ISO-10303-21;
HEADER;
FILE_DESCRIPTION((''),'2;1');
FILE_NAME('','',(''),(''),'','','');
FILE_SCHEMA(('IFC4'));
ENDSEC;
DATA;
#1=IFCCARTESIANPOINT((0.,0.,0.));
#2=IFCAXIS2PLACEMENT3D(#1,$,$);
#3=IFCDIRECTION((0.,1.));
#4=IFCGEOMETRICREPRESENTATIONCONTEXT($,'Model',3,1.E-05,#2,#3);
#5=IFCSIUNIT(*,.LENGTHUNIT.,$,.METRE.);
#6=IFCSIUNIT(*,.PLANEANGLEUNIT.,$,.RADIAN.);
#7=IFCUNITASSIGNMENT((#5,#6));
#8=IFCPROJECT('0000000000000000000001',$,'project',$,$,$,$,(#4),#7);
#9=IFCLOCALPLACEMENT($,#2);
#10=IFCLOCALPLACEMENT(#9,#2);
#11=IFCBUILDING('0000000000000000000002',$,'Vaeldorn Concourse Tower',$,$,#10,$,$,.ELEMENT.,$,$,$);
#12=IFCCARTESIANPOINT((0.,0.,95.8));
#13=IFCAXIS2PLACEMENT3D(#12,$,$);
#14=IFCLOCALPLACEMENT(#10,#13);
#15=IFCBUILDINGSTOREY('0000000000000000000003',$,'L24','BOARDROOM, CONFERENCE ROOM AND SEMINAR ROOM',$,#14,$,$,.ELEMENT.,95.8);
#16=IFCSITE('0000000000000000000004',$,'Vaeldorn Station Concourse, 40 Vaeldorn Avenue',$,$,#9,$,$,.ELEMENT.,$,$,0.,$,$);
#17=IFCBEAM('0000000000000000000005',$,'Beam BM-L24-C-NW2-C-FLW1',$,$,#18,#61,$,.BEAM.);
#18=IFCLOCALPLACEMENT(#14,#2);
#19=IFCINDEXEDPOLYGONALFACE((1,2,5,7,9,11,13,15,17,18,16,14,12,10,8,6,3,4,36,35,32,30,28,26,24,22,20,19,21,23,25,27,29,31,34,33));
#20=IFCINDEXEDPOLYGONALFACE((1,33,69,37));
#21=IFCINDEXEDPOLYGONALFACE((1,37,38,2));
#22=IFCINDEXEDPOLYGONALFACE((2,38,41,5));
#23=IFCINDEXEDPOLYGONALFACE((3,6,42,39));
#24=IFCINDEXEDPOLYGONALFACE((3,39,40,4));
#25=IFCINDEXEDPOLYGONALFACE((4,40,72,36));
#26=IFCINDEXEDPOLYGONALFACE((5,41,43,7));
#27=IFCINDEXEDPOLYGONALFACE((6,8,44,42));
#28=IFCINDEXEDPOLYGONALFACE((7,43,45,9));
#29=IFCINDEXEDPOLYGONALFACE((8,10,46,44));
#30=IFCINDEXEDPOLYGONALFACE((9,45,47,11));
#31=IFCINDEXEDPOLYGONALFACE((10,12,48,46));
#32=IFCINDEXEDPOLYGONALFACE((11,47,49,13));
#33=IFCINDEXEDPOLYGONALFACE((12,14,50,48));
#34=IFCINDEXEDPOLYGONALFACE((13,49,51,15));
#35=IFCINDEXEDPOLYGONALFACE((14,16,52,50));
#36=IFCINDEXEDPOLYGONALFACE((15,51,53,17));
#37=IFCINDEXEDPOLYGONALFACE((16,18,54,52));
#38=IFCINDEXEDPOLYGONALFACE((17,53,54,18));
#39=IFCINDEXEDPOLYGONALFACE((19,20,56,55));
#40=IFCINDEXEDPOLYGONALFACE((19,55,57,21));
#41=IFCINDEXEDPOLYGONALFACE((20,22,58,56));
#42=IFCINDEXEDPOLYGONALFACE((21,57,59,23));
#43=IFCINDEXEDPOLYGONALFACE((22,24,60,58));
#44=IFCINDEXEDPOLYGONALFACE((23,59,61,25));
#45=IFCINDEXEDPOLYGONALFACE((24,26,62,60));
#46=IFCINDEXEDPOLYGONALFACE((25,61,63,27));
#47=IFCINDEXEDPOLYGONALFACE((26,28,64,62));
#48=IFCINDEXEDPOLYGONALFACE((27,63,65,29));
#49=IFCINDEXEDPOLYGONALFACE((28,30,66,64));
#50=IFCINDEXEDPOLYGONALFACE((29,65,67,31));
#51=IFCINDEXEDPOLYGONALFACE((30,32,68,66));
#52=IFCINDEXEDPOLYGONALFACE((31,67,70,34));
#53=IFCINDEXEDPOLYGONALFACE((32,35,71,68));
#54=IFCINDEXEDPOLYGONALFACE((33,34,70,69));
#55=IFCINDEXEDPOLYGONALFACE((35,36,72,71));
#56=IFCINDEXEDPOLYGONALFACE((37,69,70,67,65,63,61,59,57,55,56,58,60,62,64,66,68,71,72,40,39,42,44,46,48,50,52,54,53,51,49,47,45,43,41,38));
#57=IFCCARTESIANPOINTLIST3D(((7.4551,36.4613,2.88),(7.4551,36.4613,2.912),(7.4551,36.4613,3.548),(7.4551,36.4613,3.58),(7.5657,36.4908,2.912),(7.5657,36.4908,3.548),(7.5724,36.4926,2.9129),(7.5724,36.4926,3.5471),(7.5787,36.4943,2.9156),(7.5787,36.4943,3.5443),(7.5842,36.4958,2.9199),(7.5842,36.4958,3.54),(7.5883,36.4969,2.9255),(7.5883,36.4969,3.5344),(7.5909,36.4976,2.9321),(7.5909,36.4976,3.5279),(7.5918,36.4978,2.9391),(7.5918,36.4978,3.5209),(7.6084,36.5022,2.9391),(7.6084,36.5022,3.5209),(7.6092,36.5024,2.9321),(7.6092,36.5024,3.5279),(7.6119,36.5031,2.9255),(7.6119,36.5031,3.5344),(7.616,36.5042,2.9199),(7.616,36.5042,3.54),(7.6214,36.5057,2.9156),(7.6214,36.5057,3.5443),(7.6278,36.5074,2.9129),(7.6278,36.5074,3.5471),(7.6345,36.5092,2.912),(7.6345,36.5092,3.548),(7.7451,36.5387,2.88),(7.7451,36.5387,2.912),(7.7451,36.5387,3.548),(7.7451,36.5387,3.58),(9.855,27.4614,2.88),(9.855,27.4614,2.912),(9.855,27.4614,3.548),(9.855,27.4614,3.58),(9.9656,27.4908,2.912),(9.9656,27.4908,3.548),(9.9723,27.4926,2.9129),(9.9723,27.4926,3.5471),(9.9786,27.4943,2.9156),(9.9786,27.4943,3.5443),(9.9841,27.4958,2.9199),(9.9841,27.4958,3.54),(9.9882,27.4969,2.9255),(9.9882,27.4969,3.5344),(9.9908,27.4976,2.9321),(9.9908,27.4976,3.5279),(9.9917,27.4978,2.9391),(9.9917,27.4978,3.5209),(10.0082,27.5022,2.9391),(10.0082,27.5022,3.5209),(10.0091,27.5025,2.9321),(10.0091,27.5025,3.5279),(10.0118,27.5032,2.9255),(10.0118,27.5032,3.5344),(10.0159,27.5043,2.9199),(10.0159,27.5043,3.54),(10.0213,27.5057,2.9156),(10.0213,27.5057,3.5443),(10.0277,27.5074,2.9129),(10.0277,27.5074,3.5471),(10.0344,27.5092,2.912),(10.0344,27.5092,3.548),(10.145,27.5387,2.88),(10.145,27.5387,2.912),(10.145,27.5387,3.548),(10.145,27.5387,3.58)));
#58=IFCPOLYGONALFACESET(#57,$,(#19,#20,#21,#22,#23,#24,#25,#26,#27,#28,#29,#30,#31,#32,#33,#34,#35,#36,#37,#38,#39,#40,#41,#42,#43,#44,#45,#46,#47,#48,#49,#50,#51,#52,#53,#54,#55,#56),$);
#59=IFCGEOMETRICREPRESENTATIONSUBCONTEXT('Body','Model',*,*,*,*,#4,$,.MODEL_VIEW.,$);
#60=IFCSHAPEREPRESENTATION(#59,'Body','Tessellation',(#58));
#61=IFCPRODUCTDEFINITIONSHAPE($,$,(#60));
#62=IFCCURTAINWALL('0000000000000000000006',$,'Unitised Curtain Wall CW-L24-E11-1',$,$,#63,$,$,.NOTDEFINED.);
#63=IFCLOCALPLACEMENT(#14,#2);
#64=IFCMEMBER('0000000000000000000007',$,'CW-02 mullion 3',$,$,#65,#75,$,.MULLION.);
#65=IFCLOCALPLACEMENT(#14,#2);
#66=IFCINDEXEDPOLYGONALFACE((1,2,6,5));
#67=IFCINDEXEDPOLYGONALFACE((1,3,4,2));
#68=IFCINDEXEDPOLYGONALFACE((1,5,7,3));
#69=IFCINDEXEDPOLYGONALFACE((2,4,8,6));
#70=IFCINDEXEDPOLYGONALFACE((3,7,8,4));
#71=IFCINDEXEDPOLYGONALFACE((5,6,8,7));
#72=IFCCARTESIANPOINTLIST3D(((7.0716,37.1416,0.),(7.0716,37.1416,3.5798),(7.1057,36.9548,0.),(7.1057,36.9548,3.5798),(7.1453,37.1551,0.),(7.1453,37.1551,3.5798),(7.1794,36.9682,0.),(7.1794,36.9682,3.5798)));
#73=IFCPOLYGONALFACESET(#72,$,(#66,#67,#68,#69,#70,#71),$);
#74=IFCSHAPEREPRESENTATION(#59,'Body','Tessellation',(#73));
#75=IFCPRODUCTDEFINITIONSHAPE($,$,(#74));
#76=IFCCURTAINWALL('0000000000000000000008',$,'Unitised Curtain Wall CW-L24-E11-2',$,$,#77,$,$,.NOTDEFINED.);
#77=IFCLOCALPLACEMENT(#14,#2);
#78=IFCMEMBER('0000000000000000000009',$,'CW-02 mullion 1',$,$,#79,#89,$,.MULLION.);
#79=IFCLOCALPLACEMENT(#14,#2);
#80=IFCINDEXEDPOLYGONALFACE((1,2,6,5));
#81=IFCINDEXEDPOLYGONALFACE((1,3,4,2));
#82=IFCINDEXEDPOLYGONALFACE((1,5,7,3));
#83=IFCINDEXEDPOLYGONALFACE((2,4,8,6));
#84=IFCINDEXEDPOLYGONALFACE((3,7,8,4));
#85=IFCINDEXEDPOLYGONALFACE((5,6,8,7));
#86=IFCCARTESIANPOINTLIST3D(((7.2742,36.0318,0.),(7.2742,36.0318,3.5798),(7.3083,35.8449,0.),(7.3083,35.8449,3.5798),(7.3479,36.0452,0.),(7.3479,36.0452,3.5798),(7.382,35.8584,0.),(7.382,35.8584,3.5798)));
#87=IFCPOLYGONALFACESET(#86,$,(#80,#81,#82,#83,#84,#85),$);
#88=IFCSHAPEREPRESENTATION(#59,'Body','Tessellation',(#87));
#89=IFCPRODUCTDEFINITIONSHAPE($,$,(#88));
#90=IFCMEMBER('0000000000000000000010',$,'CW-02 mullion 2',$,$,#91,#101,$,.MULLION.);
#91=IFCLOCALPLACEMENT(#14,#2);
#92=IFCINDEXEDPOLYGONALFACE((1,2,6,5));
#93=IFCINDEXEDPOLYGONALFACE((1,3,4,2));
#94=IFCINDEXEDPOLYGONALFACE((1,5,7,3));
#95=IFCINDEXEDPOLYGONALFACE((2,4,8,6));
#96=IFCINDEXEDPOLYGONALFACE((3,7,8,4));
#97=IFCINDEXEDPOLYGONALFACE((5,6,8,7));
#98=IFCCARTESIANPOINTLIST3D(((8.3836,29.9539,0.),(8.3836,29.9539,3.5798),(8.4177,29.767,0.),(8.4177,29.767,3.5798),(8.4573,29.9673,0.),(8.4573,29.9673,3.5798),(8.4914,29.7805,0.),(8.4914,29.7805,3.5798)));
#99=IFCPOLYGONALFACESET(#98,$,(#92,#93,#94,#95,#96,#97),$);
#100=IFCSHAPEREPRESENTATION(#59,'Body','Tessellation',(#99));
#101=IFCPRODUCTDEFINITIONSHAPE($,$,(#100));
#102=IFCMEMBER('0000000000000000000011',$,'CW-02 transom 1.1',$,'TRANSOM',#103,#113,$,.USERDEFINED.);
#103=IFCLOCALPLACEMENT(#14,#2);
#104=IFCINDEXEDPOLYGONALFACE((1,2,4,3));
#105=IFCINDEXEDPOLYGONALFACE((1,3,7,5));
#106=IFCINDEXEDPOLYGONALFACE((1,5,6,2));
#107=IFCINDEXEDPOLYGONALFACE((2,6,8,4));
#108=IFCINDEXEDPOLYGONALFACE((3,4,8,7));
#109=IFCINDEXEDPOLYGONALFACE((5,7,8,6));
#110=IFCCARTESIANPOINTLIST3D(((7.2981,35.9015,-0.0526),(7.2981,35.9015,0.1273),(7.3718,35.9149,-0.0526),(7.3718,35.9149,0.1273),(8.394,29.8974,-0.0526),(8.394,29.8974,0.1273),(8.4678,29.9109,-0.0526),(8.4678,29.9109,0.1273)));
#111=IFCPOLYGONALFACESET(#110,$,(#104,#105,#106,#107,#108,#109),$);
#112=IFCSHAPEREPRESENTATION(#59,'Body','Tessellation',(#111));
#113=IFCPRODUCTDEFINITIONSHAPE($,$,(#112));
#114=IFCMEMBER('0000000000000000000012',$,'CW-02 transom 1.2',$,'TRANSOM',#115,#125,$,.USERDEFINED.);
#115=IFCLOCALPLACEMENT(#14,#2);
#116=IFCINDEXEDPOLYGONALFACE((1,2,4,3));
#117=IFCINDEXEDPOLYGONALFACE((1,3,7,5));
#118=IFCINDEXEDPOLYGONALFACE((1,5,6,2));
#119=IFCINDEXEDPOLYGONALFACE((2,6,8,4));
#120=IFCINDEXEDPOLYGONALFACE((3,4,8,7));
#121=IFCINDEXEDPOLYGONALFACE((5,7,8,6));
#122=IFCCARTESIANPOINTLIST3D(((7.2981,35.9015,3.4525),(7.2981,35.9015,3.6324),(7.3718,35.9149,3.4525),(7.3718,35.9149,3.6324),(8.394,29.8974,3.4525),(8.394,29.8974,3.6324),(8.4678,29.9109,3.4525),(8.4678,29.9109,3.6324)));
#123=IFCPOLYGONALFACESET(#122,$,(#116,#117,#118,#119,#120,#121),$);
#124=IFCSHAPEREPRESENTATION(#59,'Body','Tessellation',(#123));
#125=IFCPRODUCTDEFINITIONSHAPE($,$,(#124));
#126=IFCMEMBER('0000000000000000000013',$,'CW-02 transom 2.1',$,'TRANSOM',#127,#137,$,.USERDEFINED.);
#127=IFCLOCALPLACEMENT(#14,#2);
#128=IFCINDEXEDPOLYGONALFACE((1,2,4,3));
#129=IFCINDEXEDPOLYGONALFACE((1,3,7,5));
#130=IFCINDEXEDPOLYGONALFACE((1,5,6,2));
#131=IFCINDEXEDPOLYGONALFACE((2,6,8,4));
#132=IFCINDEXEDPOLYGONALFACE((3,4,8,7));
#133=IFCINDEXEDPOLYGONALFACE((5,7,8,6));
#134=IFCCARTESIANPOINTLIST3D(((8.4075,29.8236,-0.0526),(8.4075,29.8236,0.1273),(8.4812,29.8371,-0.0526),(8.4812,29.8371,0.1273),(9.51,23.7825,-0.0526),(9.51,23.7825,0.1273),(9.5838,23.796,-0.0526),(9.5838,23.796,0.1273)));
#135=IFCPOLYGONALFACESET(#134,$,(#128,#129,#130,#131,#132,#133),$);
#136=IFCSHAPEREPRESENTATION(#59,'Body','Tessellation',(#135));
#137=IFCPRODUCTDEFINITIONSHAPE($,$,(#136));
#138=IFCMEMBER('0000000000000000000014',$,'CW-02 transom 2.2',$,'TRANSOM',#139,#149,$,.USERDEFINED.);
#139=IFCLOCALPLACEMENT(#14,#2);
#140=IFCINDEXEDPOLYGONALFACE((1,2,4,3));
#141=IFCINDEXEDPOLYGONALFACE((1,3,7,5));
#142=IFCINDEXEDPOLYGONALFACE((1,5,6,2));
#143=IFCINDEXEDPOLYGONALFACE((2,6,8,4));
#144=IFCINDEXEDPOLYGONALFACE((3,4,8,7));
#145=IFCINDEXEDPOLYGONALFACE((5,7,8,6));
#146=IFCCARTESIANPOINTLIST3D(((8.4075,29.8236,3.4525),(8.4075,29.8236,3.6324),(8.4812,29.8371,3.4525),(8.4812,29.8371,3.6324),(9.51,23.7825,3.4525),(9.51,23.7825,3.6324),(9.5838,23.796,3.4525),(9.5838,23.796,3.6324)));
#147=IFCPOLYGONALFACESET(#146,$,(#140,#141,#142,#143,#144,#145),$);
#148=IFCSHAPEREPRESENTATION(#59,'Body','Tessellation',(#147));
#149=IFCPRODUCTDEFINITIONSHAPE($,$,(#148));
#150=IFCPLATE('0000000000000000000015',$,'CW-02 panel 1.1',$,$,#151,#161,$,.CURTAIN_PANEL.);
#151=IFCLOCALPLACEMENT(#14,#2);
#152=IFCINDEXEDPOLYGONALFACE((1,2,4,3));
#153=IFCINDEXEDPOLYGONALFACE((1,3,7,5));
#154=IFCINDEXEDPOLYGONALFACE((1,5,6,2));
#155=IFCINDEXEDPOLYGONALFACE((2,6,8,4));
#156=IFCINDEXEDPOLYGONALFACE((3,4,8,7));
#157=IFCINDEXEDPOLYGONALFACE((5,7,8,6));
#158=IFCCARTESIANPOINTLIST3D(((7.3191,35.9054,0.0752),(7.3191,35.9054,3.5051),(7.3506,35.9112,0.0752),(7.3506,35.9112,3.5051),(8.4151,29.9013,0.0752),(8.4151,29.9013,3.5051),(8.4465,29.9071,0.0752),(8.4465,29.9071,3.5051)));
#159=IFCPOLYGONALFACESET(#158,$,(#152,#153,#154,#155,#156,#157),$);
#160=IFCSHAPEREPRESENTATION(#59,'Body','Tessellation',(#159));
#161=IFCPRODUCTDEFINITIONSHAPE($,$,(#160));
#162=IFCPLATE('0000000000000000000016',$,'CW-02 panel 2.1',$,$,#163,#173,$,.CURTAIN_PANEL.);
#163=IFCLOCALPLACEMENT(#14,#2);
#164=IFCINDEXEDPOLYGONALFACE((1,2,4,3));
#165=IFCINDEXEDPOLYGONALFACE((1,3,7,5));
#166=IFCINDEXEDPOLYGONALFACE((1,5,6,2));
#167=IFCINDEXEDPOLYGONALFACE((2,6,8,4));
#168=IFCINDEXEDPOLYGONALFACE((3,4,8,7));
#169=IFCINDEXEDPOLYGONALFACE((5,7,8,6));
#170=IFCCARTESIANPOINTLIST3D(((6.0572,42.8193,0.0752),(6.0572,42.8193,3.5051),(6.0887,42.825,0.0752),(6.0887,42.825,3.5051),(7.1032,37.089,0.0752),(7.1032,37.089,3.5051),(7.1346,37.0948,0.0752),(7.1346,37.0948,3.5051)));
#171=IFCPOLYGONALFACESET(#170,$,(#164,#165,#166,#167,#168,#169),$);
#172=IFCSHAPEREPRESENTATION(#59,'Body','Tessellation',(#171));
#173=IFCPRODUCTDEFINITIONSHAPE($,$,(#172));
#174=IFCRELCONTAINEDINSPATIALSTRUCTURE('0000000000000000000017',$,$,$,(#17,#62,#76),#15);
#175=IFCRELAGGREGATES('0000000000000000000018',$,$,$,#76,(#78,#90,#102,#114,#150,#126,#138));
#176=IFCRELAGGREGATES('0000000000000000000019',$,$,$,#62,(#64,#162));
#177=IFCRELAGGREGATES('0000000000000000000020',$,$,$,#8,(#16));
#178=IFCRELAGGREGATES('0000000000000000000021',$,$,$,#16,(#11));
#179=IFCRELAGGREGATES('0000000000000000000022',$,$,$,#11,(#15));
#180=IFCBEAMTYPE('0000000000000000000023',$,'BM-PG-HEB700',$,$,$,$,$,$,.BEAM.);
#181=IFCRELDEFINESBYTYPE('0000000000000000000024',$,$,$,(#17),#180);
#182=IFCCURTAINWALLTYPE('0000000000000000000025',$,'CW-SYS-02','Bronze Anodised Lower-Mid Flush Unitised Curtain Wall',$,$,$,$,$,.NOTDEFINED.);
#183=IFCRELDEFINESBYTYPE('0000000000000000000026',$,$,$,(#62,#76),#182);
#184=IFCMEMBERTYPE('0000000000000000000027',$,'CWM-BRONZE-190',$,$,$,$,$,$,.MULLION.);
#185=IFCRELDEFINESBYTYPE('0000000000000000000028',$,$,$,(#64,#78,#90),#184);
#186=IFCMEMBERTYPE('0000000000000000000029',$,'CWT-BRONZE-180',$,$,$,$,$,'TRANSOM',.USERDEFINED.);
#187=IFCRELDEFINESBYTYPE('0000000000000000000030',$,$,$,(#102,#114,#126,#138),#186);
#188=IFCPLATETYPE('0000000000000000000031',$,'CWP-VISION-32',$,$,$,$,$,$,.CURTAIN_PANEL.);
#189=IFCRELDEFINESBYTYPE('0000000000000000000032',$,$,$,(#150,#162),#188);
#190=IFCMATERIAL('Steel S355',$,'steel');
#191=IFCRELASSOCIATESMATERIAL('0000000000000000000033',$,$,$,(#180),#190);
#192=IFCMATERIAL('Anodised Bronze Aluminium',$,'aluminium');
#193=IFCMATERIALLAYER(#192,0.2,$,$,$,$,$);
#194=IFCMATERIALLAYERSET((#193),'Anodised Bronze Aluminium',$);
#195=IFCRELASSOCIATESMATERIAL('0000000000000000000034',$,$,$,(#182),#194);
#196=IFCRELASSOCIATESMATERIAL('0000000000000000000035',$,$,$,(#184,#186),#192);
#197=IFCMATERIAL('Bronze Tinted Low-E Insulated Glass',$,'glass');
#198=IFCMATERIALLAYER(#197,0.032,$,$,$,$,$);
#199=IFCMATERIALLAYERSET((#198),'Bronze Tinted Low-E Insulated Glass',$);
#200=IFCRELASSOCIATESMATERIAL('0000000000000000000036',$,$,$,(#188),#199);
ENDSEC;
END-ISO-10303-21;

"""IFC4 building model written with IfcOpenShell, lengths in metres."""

from ifc_helpers import new_model, si_unit, direction, frame, origin, origin_2d, place, context, subcontext, project, spatial, rectangle, i_section, extrude, source, transform, mapped, material, layer, layer_set, material_profile, profile_set, type_object, element, aggregate, save


model = new_model("IFC4")

# Units and contexts
model_context = context("Model", 3, precision=1e-05, world=origin(), true_north=direction((0.0, 1.0)))
body_context = subcontext(model_context, "Body", "Model", "MODEL_VIEW")
ifc_project = project(units=[si_unit("LENGTHUNIT", "METRE"), si_unit("PLANEANGLEUNIT", "RADIAN")], contexts=[model_context])

# Site, building, storey
site_placement = place(None, origin())
site = spatial("IfcSite", under=ifc_project, at=site_placement, Name="Vaeldorn Station Concourse, 40 Vaeldorn Avenue", CompositionType="ELEMENT", RefElevation=0.0)
building_placement = place(site_placement, origin())
building = spatial("IfcBuilding", under=site, at=building_placement, Name="Vaeldorn Concourse Tower", CompositionType="ELEMENT")
storey_placement = place(building_placement, frame((0.0, 0.0, 95.8)))
storey = spatial("IfcBuildingStorey", under=building, at=storey_placement, Name="L24", Description="BOARDROOM, CONFERENCE ROOM AND SEMINAR ROOM", CompositionType="ELEMENT", Elevation=95.8)

# Beam
ifc_material_1 = material(Name="Steel S355", Category="steel")
ifc_material_profile_1 = material_profile(ifc_material_1, i_section(OverallWidth=0.3, OverallDepth=0.7, WebThickness=0.0171, FlangeThickness=0.032, FilletRadius=0.0271, at=origin_2d()), Name="HEB 700")
ifc_profile_set_1 = profile_set([ifc_material_profile_1], Name="Steel S355")
beam_type_1 = type_object("IfcBeamType", Name="BM-PG-HEB700", PredefinedType="BEAM", material=ifc_profile_set_1)
shared_shape_1 = source(origin(), body_context, "Body", "SweptSolid", [
    extrude(i_section(OverallWidth=0.3, OverallDepth=0.7, WebThickness=0.0171, FlangeThickness=0.032, FilletRadius=0.0271, at=origin_2d()), origin(), (0.0, 0.0, 1.0), 9.3145),
])
beam_1_placement = place(storey_placement, frame((7.6001, 36.5, 3.23), z_axis=(0.257653, -0.966238, 0.0), x_axis=(0.966238, 0.257653, 0.0)))
element("IfcBeam", 1, at=beam_1_placement, inside=storey, type_object=beam_type_1, Name="Beam BM-L24-C-NW2-C-FLW1", PredefinedType="BEAM", context=body_context, shape_type="MappedRepresentation", body=[
    mapped(shared_shape_1, transform((0.0, 0.0, 0.0), scale=1.0)),
])

# Curtain wall, member
ifc_material_2 = material(Name="Anodised Bronze Aluminium", Category="aluminium")
ifc_layer_1 = layer(ifc_material_2, 0.2)
ifc_layer_set_1 = layer_set([ifc_layer_1], Name="Anodised Bronze Aluminium")
curtain_wall_type = type_object("IfcCurtainWallType", Name="CW-SYS-02", Description="Bronze Anodised Lower-Mid Flush Unitised Curtain Wall", PredefinedType="NOTDEFINED", material=ifc_layer_set_1)
curtain_wall_1_placement = place(storey_placement, origin())
curtain_wall_1 = element("IfcCurtainWall", 2, at=curtain_wall_1_placement, inside=storey, type_object=curtain_wall_type, Name="Unitised Curtain Wall CW-L24-E11-1", PredefinedType="NOTDEFINED")
ifc_material_profile_2 = material_profile(ifc_material_2, rectangle(XDim=0.075, YDim=0.1899, at=origin_2d()), Name="CWM 75x190")
ifc_profile_set_2 = profile_set([ifc_material_profile_2], Name="Anodised Bronze Aluminium")
member_type_1 = type_object("IfcMemberType", Name="CWM-BRONZE-190", PredefinedType="MULLION", material=ifc_profile_set_2)
shared_shape_2 = source(origin(), body_context, "Body", "SweptSolid", [
    extrude(rectangle(XDim=0.075, YDim=0.1899, at=origin_2d()), origin(), (0.0, 0.0, 1.0), 3.5798),
])
member_1_placement = place(storey_placement, frame((7.1255, 37.0549, 0.0), z_axis=(0.0, 0.0, 1.0), x_axis=(0.983747, 0.179562, 0.0)))
member_1 = element("IfcMember", 3, at=member_1_placement, type_object=member_type_1, Name="CW-02 mullion 3", PredefinedType="MULLION", context=body_context, shape_type="MappedRepresentation", body=[
    mapped(shared_shape_2, transform((0.0, 0.0, 0.0), scale=1.0)),
])

# Curtain wall, members, plate
curtain_wall_2_placement = place(storey_placement, origin())
curtain_wall_2 = element("IfcCurtainWall", 4, at=curtain_wall_2_placement, inside=storey, type_object=curtain_wall_type, Name="Unitised Curtain Wall CW-L24-E11-2", PredefinedType="NOTDEFINED")
member_2_placement = place(storey_placement, frame((7.3281, 35.9451, 0.0), z_axis=(0.0, 0.0, 1.0), x_axis=(0.983746, 0.179567, 0.0)))
member_2 = element("IfcMember", 5, at=member_2_placement, type_object=member_type_1, Name="CW-02 mullion 1", PredefinedType="MULLION", context=body_context, shape_type="MappedRepresentation", body=[
    mapped(shared_shape_2, transform((0.0, 0.0, 0.0), scale=1.0)),
])
member_3_placement = place(storey_placement, frame((8.4375, 29.8672, 0.0), z_axis=(0.0, 0.0, 1.0), x_axis=(0.983746, 0.179567, 0.0)))
member_3 = element("IfcMember", 6, at=member_3_placement, type_object=member_type_1, Name="CW-02 mullion 2", PredefinedType="MULLION", context=body_context, shape_type="MappedRepresentation", body=[
    mapped(shared_shape_2, transform((0.0, 0.0, 0.0), scale=1.0)),
])
ifc_material_profile_3 = material_profile(ifc_material_2, rectangle(XDim=0.075, YDim=0.1799, at=origin_2d()), Name="CWT 75x180")
ifc_profile_set_3 = profile_set([ifc_material_profile_3], Name="Anodised Bronze Aluminium")
member_type_2 = type_object("IfcMemberType", Name="CWT-BRONZE-180", ElementType="TRANSOM", PredefinedType="USERDEFINED", material=ifc_profile_set_3)
shared_shape_3 = source(origin(), body_context, "Body", "SweptSolid", [
    extrude(rectangle(XDim=0.075, YDim=0.1799, at=origin_2d()), origin(), (0.0, 0.0, 1.0), 6.1033),
])
member_4_placement = place(storey_placement, frame((7.335, 35.9082, 0.0374), z_axis=(0.179565, -0.983746, 0.0), x_axis=(0.983746, 0.179565, 0.0)))
member_4 = element("IfcMember", 7, at=member_4_placement, type_object=member_type_2, Name="CW-02 transom 1.1", ObjectType="TRANSOM", PredefinedType="USERDEFINED", context=body_context, shape_type="MappedRepresentation", body=[
    mapped(shared_shape_3, transform((0.0, 0.0, 0.0), scale=1.0)),
])
member_5_placement = place(storey_placement, frame((7.335, 35.9082, 3.5425), z_axis=(0.179565, -0.983746, 0.0), x_axis=(0.983746, 0.179565, 0.0)))
member_5 = element("IfcMember", 8, at=member_5_placement, type_object=member_type_2, Name="CW-02 transom 1.2", ObjectType="TRANSOM", PredefinedType="USERDEFINED", context=body_context, shape_type="MappedRepresentation", body=[
    mapped(shared_shape_3, transform((0.0, 0.0, 0.0), scale=1.0)),
])
shared_shape_4 = source(origin(), body_context, "Body", "SweptSolid", [
    extrude(rectangle(XDim=0.075, YDim=0.1799, at=origin_2d()), origin(), (0.0, 0.0, 1.0), 6.1409),
])
member_6_placement = place(storey_placement, frame((8.4443, 29.8303, 0.0374), z_axis=(0.179543, -0.98375, 0.0), x_axis=(0.98375, 0.179543, 0.0)))
member_6 = element("IfcMember", 9, at=member_6_placement, type_object=member_type_2, Name="CW-02 transom 2.1", ObjectType="TRANSOM", PredefinedType="USERDEFINED", context=body_context, shape_type="MappedRepresentation", body=[
    mapped(shared_shape_4, transform((0.0, 0.0, 0.0), scale=1.0)),
])
member_7_placement = place(storey_placement, frame((8.4443, 29.8303, 3.5425), z_axis=(0.179543, -0.98375, 0.0), x_axis=(0.98375, 0.179543, 0.0)))
member_7 = element("IfcMember", 10, at=member_7_placement, type_object=member_type_2, Name="CW-02 transom 2.2", ObjectType="TRANSOM", PredefinedType="USERDEFINED", context=body_context, shape_type="MappedRepresentation", body=[
    mapped(shared_shape_4, transform((0.0, 0.0, 0.0), scale=1.0)),
])
ifc_material_3 = material(Name="Bronze Tinted Low-E Insulated Glass", Category="glass")
ifc_layer_2 = layer(ifc_material_3, 0.032)
ifc_layer_set_2 = layer_set([ifc_layer_2], Name="Bronze Tinted Low-E Insulated Glass")
plate_type = type_object("IfcPlateType", Name="CWP-VISION-32", PredefinedType="CURTAIN_PANEL", material=ifc_layer_set_2)
shared_shape_5 = source(origin(), body_context, "Body", "SweptSolid", [
    extrude(rectangle(XDim=6.1033, YDim=0.032, at=origin_2d()), origin(), (0.0, 0.0, 1.0), 3.4299),
])
plate_1_placement = place(storey_placement, frame((7.8828, 32.9062, 0.0752), z_axis=(0.0, 0.0, 1.0), x_axis=(0.179567, -0.983746, 0.0)))
plate_1 = element("IfcPlate", 11, at=plate_1_placement, type_object=plate_type, Name="CW-02 panel 1.1", PredefinedType="CURTAIN_PANEL", context=body_context, shape_type="MappedRepresentation", body=[
    mapped(shared_shape_5, transform((0.0, 0.0, 0.0), scale=1.0)),
])
aggregate(curtain_wall_2, [member_2, member_3, member_4, member_5, plate_1, member_6, member_7])

# Plate
shared_shape_6 = source(origin(), body_context, "Body", "SweptSolid", [
    extrude(rectangle(XDim=5.825, YDim=0.032, at=origin_2d()), origin(), (0.0, 0.0, 1.0), 3.4299),
])
plate_2_placement = place(storey_placement, frame((6.5959, 39.957, 0.0752), z_axis=(0.0, 0.0, 1.0), x_axis=(0.179562, -0.983747, 0.0)))
plate_2 = element("IfcPlate", 12, at=plate_2_placement, type_object=plate_type, Name="CW-02 panel 2.1", PredefinedType="CURTAIN_PANEL", context=body_context, shape_type="MappedRepresentation", body=[
    mapped(shared_shape_6, transform((0.0, 0.0, 0.0), scale=1.0)),
])
aggregate(curtain_wall_1, [member_1, plate_2])

save(model, "model.ifc")
